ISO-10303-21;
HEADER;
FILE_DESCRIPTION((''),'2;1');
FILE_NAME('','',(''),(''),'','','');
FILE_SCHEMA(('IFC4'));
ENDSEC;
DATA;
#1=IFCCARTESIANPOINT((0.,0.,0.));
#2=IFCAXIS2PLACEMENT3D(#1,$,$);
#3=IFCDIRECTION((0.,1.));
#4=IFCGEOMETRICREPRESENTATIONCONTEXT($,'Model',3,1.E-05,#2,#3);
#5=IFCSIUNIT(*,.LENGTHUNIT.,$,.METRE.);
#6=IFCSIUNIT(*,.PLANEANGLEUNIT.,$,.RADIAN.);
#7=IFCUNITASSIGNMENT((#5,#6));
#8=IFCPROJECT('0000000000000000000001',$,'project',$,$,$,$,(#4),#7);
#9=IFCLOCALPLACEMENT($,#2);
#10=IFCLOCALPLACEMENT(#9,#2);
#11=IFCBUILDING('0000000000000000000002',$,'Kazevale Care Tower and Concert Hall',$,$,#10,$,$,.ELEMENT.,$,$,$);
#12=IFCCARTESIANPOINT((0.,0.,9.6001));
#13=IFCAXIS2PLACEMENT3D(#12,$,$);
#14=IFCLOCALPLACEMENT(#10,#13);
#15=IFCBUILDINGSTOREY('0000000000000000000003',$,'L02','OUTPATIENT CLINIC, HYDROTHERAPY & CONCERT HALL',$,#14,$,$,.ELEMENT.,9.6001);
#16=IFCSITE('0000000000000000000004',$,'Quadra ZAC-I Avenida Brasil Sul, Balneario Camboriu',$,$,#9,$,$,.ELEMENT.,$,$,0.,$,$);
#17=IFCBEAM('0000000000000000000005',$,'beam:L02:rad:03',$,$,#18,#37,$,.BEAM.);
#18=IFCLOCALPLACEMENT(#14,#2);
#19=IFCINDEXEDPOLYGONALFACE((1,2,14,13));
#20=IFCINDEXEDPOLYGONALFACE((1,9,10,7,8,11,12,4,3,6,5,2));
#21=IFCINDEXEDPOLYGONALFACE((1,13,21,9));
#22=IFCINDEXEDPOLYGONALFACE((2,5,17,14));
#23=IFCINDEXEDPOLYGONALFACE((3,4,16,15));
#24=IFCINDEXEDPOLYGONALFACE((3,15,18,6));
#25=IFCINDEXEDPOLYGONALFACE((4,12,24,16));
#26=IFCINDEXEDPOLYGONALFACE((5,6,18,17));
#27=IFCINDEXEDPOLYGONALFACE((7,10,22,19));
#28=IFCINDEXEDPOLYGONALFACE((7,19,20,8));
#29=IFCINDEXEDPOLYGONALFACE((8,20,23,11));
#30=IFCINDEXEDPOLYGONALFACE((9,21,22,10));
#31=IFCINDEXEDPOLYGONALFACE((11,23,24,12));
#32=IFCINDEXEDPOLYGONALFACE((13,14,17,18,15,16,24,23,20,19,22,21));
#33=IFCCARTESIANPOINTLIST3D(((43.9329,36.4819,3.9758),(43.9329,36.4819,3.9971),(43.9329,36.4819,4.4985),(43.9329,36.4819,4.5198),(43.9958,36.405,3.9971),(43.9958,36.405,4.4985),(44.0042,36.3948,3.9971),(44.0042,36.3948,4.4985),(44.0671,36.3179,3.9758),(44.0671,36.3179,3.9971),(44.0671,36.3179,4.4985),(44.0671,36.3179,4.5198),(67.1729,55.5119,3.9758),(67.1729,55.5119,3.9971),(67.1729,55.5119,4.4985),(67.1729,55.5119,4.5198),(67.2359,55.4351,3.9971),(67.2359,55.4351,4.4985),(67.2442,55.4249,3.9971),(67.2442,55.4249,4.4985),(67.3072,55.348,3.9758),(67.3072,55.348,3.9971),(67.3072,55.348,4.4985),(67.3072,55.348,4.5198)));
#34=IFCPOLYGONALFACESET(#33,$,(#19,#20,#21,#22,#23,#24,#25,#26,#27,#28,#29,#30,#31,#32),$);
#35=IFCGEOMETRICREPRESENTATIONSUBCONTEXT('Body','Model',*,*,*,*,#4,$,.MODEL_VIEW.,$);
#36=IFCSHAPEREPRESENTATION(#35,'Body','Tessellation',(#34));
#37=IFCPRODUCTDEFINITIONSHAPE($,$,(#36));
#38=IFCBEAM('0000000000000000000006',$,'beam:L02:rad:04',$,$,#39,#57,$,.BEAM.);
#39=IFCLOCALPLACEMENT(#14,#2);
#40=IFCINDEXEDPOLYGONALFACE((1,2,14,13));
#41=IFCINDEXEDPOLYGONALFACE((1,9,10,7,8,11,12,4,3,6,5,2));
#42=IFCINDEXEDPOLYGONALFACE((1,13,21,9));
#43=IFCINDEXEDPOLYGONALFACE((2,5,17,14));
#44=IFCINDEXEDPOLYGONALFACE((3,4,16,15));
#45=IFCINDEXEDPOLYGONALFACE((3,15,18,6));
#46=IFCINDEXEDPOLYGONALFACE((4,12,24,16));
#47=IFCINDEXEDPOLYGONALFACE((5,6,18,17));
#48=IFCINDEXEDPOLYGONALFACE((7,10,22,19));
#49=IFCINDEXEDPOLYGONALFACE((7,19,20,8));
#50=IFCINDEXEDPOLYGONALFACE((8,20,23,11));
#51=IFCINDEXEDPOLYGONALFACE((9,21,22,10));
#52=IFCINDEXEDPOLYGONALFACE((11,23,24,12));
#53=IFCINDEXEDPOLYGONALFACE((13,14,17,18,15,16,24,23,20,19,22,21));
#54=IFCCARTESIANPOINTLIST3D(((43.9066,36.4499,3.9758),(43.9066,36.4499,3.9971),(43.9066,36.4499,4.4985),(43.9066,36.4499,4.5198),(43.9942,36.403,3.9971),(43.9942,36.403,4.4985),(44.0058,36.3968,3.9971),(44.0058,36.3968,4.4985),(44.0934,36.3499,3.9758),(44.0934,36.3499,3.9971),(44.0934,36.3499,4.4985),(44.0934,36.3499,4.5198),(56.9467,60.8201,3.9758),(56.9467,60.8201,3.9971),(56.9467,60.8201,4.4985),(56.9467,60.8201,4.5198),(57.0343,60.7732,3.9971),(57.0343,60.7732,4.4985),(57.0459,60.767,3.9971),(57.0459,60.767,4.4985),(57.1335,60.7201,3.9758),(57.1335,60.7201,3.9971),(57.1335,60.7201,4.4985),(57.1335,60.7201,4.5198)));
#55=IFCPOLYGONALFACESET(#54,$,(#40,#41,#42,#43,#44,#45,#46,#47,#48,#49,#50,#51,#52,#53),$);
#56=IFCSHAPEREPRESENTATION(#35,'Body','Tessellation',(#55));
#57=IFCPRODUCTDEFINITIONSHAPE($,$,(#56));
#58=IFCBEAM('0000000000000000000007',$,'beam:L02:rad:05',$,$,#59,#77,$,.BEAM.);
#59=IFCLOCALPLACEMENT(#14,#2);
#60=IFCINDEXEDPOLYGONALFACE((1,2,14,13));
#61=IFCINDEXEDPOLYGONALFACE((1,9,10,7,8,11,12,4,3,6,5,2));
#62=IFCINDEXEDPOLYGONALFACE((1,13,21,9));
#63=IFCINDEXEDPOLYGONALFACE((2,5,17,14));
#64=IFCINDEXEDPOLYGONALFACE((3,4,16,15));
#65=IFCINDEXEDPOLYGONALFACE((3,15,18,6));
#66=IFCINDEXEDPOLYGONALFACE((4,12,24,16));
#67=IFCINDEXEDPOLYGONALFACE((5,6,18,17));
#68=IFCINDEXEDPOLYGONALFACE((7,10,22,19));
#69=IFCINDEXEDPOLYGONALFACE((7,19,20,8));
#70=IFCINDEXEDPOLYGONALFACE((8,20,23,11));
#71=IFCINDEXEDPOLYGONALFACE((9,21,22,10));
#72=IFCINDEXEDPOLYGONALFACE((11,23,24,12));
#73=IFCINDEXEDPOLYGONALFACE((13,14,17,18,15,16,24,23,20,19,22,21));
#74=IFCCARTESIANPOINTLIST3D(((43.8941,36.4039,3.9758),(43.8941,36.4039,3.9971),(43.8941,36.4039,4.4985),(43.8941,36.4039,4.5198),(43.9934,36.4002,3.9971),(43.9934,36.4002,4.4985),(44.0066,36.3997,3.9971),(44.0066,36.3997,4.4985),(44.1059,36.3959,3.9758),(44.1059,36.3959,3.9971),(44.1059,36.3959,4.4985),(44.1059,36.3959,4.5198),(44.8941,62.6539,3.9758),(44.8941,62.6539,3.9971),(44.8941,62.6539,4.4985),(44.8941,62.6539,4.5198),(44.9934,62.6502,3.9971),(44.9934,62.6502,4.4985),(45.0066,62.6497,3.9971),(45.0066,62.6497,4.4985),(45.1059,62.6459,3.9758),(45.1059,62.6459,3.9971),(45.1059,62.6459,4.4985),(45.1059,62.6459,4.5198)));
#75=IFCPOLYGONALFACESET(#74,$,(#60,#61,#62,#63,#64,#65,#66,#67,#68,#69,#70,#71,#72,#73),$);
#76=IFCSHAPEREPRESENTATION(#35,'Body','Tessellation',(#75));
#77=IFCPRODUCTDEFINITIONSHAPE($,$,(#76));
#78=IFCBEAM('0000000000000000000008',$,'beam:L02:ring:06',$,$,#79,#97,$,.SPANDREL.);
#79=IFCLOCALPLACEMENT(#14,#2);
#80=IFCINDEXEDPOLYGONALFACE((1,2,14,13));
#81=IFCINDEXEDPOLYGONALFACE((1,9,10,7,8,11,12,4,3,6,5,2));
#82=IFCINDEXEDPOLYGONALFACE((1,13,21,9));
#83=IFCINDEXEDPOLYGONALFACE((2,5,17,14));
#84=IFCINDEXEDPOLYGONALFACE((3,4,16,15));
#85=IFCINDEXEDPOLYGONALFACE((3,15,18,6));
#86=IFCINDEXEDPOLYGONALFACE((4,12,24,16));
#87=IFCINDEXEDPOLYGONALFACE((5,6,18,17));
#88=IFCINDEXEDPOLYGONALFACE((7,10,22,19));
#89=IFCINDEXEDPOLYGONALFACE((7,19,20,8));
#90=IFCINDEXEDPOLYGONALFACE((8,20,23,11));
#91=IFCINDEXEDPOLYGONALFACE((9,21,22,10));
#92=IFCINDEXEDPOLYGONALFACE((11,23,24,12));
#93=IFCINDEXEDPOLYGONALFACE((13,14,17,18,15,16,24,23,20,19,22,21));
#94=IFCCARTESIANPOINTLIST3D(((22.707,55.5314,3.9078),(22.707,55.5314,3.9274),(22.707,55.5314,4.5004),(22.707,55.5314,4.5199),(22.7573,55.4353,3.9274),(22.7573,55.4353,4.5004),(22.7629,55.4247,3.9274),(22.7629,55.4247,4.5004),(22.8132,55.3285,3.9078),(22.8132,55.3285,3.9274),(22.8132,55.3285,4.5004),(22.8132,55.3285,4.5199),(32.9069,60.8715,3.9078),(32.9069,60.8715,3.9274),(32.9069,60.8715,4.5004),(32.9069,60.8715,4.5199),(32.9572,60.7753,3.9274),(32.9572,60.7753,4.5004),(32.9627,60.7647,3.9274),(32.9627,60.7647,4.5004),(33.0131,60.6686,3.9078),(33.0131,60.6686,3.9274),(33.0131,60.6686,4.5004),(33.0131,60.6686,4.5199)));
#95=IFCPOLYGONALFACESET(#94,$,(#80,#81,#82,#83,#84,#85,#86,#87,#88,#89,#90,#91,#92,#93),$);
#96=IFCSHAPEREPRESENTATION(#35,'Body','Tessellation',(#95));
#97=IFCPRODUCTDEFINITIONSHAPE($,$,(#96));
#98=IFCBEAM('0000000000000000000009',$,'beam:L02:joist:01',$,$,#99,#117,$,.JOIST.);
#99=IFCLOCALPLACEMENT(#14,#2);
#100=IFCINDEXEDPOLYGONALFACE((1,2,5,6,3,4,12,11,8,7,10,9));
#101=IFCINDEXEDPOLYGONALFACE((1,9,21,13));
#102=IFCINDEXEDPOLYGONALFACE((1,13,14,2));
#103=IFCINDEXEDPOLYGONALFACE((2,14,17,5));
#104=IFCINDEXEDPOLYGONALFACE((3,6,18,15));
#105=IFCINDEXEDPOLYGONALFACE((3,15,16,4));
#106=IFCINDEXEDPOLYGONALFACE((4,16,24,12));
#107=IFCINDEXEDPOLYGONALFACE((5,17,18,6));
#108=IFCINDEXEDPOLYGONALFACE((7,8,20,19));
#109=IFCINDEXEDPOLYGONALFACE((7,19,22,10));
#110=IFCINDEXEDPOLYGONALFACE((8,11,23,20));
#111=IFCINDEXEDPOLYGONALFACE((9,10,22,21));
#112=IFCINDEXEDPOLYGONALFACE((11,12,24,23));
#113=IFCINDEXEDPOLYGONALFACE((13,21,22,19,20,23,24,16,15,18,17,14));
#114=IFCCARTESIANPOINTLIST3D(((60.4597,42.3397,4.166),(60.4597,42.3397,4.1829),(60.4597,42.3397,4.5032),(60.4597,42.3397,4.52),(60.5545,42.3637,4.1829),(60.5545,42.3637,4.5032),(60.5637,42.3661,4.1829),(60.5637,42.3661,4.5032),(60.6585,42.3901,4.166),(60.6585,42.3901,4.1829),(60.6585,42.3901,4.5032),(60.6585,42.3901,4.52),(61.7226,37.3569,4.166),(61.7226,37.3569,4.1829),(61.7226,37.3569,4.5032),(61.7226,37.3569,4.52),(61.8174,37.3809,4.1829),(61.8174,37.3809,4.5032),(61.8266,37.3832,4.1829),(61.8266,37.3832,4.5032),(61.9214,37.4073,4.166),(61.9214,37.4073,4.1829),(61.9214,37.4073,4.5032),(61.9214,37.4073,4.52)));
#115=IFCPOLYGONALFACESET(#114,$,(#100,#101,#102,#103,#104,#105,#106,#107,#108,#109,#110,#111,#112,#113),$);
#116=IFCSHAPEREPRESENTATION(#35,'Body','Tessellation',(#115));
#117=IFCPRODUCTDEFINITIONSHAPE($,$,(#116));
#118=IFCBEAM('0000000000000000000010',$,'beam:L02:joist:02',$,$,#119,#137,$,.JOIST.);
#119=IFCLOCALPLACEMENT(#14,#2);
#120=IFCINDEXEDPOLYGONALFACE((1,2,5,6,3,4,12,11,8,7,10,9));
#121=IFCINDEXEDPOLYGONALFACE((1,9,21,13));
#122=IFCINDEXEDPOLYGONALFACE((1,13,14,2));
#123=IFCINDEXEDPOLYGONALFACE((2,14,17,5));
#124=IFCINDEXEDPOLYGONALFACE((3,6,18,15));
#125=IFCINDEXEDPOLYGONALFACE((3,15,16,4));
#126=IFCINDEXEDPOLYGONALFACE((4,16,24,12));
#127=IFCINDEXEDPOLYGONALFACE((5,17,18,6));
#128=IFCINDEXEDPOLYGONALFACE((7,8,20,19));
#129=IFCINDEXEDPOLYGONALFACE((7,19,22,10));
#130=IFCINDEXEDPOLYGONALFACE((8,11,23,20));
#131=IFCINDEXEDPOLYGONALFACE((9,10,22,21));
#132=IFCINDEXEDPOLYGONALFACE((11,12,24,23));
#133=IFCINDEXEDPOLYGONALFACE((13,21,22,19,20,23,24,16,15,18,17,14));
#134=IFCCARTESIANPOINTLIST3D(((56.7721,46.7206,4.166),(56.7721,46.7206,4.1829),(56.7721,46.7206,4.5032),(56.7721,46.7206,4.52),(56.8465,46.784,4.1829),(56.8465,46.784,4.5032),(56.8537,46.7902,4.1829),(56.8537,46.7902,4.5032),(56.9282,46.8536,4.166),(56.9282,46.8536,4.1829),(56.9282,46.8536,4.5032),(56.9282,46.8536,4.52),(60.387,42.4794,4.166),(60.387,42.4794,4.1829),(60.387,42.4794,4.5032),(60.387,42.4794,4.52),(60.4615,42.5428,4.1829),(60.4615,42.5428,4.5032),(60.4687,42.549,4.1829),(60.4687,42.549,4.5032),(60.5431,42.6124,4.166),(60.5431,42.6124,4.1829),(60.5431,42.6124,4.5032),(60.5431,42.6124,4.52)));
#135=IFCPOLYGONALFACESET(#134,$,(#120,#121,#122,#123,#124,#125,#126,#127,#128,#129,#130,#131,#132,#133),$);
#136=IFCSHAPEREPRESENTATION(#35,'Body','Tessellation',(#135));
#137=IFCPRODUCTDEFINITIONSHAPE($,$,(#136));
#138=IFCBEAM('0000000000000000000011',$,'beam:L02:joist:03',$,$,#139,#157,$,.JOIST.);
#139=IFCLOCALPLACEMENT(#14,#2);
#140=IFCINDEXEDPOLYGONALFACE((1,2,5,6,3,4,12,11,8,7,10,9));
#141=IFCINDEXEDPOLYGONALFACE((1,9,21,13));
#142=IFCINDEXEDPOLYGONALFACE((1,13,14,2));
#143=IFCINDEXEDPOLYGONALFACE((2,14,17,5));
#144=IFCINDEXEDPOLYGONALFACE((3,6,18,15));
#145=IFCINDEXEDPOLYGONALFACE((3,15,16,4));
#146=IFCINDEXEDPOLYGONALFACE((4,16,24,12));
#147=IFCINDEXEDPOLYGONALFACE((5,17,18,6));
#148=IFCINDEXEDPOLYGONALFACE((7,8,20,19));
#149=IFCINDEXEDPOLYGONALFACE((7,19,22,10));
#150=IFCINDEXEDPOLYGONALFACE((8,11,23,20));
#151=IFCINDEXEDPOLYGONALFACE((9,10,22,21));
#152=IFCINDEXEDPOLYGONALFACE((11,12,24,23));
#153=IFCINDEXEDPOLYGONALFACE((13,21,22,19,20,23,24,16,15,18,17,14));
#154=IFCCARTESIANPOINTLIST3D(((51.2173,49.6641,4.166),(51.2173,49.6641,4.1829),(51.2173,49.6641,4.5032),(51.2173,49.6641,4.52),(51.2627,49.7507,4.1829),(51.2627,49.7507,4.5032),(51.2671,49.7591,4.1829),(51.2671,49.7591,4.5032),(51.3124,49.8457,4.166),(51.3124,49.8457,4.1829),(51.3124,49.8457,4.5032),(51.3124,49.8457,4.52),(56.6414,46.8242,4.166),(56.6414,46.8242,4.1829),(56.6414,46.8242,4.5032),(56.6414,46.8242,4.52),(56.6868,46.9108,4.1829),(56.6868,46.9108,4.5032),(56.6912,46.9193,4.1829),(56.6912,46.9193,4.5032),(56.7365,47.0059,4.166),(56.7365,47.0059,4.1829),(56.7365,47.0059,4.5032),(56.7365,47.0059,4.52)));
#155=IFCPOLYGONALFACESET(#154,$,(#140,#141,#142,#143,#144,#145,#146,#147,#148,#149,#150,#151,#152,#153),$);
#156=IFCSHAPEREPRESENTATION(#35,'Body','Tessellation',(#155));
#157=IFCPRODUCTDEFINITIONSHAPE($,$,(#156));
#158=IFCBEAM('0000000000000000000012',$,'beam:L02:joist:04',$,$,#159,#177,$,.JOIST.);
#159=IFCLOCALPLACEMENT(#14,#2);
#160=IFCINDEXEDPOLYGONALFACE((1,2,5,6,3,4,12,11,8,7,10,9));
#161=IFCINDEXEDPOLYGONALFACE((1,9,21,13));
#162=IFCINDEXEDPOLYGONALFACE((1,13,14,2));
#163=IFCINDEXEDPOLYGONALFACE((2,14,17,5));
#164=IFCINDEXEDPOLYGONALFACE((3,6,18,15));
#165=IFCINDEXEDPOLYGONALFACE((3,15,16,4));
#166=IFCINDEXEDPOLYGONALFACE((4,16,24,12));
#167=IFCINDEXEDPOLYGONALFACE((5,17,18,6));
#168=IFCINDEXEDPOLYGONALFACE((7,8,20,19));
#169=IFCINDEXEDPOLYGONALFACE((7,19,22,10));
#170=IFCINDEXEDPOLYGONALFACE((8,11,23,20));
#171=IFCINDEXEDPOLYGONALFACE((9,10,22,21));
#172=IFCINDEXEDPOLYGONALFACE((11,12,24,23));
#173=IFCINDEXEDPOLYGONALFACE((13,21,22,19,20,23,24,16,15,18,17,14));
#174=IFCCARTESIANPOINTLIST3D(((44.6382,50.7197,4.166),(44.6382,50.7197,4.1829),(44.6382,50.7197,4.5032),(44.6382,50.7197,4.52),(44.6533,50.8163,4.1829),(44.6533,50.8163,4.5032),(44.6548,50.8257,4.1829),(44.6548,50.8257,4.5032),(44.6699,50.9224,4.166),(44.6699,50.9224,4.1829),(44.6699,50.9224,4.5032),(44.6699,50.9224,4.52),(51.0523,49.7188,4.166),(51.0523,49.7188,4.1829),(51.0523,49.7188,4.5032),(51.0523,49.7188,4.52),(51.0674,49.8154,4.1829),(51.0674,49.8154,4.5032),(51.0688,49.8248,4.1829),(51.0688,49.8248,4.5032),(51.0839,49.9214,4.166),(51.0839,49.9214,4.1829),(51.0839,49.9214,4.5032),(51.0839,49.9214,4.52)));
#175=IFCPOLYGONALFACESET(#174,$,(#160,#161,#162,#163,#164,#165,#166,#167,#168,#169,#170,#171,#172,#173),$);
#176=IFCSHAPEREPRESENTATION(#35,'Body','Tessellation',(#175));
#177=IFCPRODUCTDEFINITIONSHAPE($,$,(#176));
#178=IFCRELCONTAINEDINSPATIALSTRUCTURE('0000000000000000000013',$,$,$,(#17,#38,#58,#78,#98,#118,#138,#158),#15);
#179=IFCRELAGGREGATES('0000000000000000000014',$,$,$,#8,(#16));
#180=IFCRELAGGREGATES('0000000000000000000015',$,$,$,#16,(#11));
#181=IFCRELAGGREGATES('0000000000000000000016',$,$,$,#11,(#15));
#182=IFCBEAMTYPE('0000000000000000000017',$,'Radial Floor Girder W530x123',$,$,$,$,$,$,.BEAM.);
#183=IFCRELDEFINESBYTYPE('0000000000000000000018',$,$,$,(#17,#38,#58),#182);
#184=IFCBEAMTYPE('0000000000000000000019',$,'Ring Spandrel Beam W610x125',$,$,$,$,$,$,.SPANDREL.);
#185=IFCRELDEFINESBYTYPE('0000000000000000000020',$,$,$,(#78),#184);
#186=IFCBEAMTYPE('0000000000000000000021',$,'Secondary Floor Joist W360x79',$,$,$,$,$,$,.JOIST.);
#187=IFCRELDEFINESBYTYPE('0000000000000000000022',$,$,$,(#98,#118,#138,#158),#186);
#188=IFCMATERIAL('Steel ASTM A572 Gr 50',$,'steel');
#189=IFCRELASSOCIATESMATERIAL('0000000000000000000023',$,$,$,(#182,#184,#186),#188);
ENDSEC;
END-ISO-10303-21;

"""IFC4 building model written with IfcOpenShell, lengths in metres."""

from ifc_helpers import new_model, si_unit, direction, frame, origin, origin_2d, place, context, subcontext, project, spatial, i_section, extrude, material, material_profile, profile_set, type_object, element, save


model = new_model("IFC4")

# Units and contexts
model_context = context("Model", 3, precision=1e-05, world=origin(), true_north=direction((0.0, 1.0)))
body_context = subcontext(model_context, "Body", "Model", "MODEL_VIEW")
ifc_project = project(units=[si_unit("LENGTHUNIT", "METRE"), si_unit("PLANEANGLEUNIT", "RADIAN")], contexts=[model_context])

# Site, building, storey
site_placement = place(None, origin())
site = spatial("IfcSite", under=ifc_project, at=site_placement, Name="Quadra ZAC-I Avenida Brasil Sul, Balneario Camboriu", CompositionType="ELEMENT", RefElevation=0.0)
building_placement = place(site_placement, origin())
building = spatial("IfcBuilding", under=site, at=building_placement, Name="Kazevale Care Tower and Concert Hall", CompositionType="ELEMENT")
storey_placement = place(building_placement, frame((0.0, 0.0, 9.6001)))
storey = spatial("IfcBuildingStorey", under=building, at=storey_placement, Name="L02", Description="OUTPATIENT CLINIC, HYDROTHERAPY & CONCERT HALL", CompositionType="ELEMENT", Elevation=9.6001)

# Beams
ifc_material_1 = material(Name="Steel ASTM A572 Gr 50", Category="steel")
ifc_material_profile_1 = material_profile(ifc_material_1, i_section(OverallWidth=0.2119, OverallDepth=0.5439, WebThickness=0.0132, FlangeThickness=0.0212, at=origin_2d()), Name="W530x123")
ifc_profile_set_1 = profile_set([ifc_material_profile_1], Name="Steel ASTM A572 Gr 50")
beam_type_1 = type_object("IfcBeamType", Name="Radial Floor Girder W530x123", PredefinedType="BEAM", material=ifc_profile_set_1)
beam_1_placement = place(storey_placement, frame((44.0, 36.3999, 4.2478), z_axis=(0.773704, 0.633547, 0.0), x_axis=(-0.633547, 0.773704, 0.0)))
element("IfcBeam", 1, at=beam_1_placement, inside=storey, type_object=beam_type_1, Name="beam:L02:rad:03", PredefinedType="BEAM", context=body_context, shape_type="SweptSolid", body=[
    extrude(i_section(OverallWidth=0.2119, OverallDepth=0.5439, WebThickness=0.0132, FlangeThickness=0.0212, at=origin_2d()), origin(), (0.0, 0.0, 1.0), 30.0374),
])
beam_2_placement = place(storey_placement, frame((44.0, 36.3999, 4.2478), z_axis=(0.471789, 0.881712, 0.0), x_axis=(-0.881712, 0.471789, 0.0)))
element("IfcBeam", 2, at=beam_2_placement, inside=storey, type_object=beam_type_1, Name="beam:L02:rad:04", PredefinedType="BEAM", context=body_context, shape_type="SweptSolid", body=[
    extrude(i_section(OverallWidth=0.2119, OverallDepth=0.5439, WebThickness=0.0132, FlangeThickness=0.0212, at=origin_2d()), origin(), (0.0, 0.0, 1.0), 27.6396),
])
beam_3_placement = place(storey_placement, frame((44.0, 36.3999, 4.2478), z_axis=(0.038068, 0.999275, 0.0), x_axis=(-0.999275, 0.038068, 0.0)))
element("IfcBeam", 3, at=beam_3_placement, inside=storey, type_object=beam_type_1, Name="beam:L02:rad:05", PredefinedType="BEAM", context=body_context, shape_type="SweptSolid", body=[
    extrude(i_section(OverallWidth=0.2119, OverallDepth=0.5439, WebThickness=0.0132, FlangeThickness=0.0212, at=origin_2d()), origin(), (0.0, 0.0, 1.0), 26.269),
])
ifc_material_profile_2 = material_profile(ifc_material_1, i_section(OverallWidth=0.229, OverallDepth=0.6121, WebThickness=0.012, FlangeThickness=0.0195, at=origin_2d()), Name="W610x125")
ifc_profile_set_2 = profile_set([ifc_material_profile_2], Name="Steel ASTM A572 Gr 50")
beam_type_2 = type_object("IfcBeamType", Name="Ring Spandrel Beam W610x125", PredefinedType="SPANDREL", material=ifc_profile_set_2)
beam_4_placement = place(storey_placement, frame((32.96, 60.77, 4.2139), z_axis=(-0.885929, -0.46382, 0.0), x_axis=(0.46382, -0.885929, 0.0)))
element("IfcBeam", 4, at=beam_4_placement, inside=storey, type_object=beam_type_2, Name="beam:L02:ring:06", PredefinedType="SPANDREL", context=body_context, shape_type="SweptSolid", body=[
    extrude(i_section(OverallWidth=0.229, OverallDepth=0.6121, WebThickness=0.012, FlangeThickness=0.0195, at=origin_2d()), origin(), (0.0, 0.0, 1.0), 11.5132),
])
ifc_material_profile_3 = material_profile(ifc_material_1, i_section(OverallWidth=0.2051, OverallDepth=0.354, WebThickness=0.0095, FlangeThickness=0.0168, at=origin_2d()), Name="W360x79")
ifc_profile_set_3 = profile_set([ifc_material_profile_3], Name="Steel ASTM A572 Gr 50")
beam_type_3 = type_object("IfcBeamType", Name="Secondary Floor Joist W360x79", PredefinedType="JOIST", material=ifc_profile_set_3)
beam_5_placement = place(storey_placement, frame((61.822, 37.3821, 4.343), z_axis=(-0.245686, 0.96935, 0.0), x_axis=(-0.96935, -0.245686, 0.0)))
element("IfcBeam", 5, at=beam_5_placement, inside=storey, type_object=beam_type_3, Name="beam:L02:joist:01", PredefinedType="JOIST", context=body_context, shape_type="SweptSolid", body=[
    extrude(i_section(OverallWidth=0.2051, OverallDepth=0.354, WebThickness=0.0095, FlangeThickness=0.0168, at=origin_2d()), origin(), (0.0, 0.0, 1.0), 5.1404),
])
beam_6_placement = place(storey_placement, frame((60.4651, 42.5459, 4.343), z_axis=(-0.648686, 0.761057, 0.0), x_axis=(-0.761057, -0.648686, 0.0)))
element("IfcBeam", 6, at=beam_6_placement, inside=storey, type_object=beam_type_3, Name="beam:L02:joist:02", PredefinedType="JOIST", context=body_context, shape_type="SweptSolid", body=[
    extrude(i_section(OverallWidth=0.2051, OverallDepth=0.354, WebThickness=0.0095, FlangeThickness=0.0168, at=origin_2d()), origin(), (0.0, 0.0, 1.0), 5.5728),
])
beam_7_placement = place(storey_placement, frame((56.689, 46.915, 4.343), z_axis=(-0.885921, 0.463836, 0.0), x_axis=(-0.463836, -0.885921, 0.0)))
element("IfcBeam", 7, at=beam_7_placement, inside=storey, type_object=beam_type_3, Name="beam:L02:joist:03", PredefinedType="JOIST", context=body_context, shape_type="SweptSolid", body=[
    extrude(i_section(OverallWidth=0.2051, OverallDepth=0.354, WebThickness=0.0095, FlangeThickness=0.0168, at=origin_2d()), origin(), (0.0, 0.0, 1.0), 6.1226),
])
beam_8_placement = place(storey_placement, frame((51.0681, 49.8201, 4.343), z_axis=(-0.988041, 0.154193, 0.0), x_axis=(-0.154193, -0.988041, 0.0)))
element("IfcBeam", 8, at=beam_8_placement, inside=storey, type_object=beam_type_3, Name="beam:L02:joist:04", PredefinedType="JOIST", context=body_context, shape_type="SweptSolid", body=[
    extrude(i_section(OverallWidth=0.2051, OverallDepth=0.354, WebThickness=0.0095, FlangeThickness=0.0168, at=origin_2d()), origin(), (0.0, 0.0, 1.0), 6.4917),
])

save(model, "model.ifc")
